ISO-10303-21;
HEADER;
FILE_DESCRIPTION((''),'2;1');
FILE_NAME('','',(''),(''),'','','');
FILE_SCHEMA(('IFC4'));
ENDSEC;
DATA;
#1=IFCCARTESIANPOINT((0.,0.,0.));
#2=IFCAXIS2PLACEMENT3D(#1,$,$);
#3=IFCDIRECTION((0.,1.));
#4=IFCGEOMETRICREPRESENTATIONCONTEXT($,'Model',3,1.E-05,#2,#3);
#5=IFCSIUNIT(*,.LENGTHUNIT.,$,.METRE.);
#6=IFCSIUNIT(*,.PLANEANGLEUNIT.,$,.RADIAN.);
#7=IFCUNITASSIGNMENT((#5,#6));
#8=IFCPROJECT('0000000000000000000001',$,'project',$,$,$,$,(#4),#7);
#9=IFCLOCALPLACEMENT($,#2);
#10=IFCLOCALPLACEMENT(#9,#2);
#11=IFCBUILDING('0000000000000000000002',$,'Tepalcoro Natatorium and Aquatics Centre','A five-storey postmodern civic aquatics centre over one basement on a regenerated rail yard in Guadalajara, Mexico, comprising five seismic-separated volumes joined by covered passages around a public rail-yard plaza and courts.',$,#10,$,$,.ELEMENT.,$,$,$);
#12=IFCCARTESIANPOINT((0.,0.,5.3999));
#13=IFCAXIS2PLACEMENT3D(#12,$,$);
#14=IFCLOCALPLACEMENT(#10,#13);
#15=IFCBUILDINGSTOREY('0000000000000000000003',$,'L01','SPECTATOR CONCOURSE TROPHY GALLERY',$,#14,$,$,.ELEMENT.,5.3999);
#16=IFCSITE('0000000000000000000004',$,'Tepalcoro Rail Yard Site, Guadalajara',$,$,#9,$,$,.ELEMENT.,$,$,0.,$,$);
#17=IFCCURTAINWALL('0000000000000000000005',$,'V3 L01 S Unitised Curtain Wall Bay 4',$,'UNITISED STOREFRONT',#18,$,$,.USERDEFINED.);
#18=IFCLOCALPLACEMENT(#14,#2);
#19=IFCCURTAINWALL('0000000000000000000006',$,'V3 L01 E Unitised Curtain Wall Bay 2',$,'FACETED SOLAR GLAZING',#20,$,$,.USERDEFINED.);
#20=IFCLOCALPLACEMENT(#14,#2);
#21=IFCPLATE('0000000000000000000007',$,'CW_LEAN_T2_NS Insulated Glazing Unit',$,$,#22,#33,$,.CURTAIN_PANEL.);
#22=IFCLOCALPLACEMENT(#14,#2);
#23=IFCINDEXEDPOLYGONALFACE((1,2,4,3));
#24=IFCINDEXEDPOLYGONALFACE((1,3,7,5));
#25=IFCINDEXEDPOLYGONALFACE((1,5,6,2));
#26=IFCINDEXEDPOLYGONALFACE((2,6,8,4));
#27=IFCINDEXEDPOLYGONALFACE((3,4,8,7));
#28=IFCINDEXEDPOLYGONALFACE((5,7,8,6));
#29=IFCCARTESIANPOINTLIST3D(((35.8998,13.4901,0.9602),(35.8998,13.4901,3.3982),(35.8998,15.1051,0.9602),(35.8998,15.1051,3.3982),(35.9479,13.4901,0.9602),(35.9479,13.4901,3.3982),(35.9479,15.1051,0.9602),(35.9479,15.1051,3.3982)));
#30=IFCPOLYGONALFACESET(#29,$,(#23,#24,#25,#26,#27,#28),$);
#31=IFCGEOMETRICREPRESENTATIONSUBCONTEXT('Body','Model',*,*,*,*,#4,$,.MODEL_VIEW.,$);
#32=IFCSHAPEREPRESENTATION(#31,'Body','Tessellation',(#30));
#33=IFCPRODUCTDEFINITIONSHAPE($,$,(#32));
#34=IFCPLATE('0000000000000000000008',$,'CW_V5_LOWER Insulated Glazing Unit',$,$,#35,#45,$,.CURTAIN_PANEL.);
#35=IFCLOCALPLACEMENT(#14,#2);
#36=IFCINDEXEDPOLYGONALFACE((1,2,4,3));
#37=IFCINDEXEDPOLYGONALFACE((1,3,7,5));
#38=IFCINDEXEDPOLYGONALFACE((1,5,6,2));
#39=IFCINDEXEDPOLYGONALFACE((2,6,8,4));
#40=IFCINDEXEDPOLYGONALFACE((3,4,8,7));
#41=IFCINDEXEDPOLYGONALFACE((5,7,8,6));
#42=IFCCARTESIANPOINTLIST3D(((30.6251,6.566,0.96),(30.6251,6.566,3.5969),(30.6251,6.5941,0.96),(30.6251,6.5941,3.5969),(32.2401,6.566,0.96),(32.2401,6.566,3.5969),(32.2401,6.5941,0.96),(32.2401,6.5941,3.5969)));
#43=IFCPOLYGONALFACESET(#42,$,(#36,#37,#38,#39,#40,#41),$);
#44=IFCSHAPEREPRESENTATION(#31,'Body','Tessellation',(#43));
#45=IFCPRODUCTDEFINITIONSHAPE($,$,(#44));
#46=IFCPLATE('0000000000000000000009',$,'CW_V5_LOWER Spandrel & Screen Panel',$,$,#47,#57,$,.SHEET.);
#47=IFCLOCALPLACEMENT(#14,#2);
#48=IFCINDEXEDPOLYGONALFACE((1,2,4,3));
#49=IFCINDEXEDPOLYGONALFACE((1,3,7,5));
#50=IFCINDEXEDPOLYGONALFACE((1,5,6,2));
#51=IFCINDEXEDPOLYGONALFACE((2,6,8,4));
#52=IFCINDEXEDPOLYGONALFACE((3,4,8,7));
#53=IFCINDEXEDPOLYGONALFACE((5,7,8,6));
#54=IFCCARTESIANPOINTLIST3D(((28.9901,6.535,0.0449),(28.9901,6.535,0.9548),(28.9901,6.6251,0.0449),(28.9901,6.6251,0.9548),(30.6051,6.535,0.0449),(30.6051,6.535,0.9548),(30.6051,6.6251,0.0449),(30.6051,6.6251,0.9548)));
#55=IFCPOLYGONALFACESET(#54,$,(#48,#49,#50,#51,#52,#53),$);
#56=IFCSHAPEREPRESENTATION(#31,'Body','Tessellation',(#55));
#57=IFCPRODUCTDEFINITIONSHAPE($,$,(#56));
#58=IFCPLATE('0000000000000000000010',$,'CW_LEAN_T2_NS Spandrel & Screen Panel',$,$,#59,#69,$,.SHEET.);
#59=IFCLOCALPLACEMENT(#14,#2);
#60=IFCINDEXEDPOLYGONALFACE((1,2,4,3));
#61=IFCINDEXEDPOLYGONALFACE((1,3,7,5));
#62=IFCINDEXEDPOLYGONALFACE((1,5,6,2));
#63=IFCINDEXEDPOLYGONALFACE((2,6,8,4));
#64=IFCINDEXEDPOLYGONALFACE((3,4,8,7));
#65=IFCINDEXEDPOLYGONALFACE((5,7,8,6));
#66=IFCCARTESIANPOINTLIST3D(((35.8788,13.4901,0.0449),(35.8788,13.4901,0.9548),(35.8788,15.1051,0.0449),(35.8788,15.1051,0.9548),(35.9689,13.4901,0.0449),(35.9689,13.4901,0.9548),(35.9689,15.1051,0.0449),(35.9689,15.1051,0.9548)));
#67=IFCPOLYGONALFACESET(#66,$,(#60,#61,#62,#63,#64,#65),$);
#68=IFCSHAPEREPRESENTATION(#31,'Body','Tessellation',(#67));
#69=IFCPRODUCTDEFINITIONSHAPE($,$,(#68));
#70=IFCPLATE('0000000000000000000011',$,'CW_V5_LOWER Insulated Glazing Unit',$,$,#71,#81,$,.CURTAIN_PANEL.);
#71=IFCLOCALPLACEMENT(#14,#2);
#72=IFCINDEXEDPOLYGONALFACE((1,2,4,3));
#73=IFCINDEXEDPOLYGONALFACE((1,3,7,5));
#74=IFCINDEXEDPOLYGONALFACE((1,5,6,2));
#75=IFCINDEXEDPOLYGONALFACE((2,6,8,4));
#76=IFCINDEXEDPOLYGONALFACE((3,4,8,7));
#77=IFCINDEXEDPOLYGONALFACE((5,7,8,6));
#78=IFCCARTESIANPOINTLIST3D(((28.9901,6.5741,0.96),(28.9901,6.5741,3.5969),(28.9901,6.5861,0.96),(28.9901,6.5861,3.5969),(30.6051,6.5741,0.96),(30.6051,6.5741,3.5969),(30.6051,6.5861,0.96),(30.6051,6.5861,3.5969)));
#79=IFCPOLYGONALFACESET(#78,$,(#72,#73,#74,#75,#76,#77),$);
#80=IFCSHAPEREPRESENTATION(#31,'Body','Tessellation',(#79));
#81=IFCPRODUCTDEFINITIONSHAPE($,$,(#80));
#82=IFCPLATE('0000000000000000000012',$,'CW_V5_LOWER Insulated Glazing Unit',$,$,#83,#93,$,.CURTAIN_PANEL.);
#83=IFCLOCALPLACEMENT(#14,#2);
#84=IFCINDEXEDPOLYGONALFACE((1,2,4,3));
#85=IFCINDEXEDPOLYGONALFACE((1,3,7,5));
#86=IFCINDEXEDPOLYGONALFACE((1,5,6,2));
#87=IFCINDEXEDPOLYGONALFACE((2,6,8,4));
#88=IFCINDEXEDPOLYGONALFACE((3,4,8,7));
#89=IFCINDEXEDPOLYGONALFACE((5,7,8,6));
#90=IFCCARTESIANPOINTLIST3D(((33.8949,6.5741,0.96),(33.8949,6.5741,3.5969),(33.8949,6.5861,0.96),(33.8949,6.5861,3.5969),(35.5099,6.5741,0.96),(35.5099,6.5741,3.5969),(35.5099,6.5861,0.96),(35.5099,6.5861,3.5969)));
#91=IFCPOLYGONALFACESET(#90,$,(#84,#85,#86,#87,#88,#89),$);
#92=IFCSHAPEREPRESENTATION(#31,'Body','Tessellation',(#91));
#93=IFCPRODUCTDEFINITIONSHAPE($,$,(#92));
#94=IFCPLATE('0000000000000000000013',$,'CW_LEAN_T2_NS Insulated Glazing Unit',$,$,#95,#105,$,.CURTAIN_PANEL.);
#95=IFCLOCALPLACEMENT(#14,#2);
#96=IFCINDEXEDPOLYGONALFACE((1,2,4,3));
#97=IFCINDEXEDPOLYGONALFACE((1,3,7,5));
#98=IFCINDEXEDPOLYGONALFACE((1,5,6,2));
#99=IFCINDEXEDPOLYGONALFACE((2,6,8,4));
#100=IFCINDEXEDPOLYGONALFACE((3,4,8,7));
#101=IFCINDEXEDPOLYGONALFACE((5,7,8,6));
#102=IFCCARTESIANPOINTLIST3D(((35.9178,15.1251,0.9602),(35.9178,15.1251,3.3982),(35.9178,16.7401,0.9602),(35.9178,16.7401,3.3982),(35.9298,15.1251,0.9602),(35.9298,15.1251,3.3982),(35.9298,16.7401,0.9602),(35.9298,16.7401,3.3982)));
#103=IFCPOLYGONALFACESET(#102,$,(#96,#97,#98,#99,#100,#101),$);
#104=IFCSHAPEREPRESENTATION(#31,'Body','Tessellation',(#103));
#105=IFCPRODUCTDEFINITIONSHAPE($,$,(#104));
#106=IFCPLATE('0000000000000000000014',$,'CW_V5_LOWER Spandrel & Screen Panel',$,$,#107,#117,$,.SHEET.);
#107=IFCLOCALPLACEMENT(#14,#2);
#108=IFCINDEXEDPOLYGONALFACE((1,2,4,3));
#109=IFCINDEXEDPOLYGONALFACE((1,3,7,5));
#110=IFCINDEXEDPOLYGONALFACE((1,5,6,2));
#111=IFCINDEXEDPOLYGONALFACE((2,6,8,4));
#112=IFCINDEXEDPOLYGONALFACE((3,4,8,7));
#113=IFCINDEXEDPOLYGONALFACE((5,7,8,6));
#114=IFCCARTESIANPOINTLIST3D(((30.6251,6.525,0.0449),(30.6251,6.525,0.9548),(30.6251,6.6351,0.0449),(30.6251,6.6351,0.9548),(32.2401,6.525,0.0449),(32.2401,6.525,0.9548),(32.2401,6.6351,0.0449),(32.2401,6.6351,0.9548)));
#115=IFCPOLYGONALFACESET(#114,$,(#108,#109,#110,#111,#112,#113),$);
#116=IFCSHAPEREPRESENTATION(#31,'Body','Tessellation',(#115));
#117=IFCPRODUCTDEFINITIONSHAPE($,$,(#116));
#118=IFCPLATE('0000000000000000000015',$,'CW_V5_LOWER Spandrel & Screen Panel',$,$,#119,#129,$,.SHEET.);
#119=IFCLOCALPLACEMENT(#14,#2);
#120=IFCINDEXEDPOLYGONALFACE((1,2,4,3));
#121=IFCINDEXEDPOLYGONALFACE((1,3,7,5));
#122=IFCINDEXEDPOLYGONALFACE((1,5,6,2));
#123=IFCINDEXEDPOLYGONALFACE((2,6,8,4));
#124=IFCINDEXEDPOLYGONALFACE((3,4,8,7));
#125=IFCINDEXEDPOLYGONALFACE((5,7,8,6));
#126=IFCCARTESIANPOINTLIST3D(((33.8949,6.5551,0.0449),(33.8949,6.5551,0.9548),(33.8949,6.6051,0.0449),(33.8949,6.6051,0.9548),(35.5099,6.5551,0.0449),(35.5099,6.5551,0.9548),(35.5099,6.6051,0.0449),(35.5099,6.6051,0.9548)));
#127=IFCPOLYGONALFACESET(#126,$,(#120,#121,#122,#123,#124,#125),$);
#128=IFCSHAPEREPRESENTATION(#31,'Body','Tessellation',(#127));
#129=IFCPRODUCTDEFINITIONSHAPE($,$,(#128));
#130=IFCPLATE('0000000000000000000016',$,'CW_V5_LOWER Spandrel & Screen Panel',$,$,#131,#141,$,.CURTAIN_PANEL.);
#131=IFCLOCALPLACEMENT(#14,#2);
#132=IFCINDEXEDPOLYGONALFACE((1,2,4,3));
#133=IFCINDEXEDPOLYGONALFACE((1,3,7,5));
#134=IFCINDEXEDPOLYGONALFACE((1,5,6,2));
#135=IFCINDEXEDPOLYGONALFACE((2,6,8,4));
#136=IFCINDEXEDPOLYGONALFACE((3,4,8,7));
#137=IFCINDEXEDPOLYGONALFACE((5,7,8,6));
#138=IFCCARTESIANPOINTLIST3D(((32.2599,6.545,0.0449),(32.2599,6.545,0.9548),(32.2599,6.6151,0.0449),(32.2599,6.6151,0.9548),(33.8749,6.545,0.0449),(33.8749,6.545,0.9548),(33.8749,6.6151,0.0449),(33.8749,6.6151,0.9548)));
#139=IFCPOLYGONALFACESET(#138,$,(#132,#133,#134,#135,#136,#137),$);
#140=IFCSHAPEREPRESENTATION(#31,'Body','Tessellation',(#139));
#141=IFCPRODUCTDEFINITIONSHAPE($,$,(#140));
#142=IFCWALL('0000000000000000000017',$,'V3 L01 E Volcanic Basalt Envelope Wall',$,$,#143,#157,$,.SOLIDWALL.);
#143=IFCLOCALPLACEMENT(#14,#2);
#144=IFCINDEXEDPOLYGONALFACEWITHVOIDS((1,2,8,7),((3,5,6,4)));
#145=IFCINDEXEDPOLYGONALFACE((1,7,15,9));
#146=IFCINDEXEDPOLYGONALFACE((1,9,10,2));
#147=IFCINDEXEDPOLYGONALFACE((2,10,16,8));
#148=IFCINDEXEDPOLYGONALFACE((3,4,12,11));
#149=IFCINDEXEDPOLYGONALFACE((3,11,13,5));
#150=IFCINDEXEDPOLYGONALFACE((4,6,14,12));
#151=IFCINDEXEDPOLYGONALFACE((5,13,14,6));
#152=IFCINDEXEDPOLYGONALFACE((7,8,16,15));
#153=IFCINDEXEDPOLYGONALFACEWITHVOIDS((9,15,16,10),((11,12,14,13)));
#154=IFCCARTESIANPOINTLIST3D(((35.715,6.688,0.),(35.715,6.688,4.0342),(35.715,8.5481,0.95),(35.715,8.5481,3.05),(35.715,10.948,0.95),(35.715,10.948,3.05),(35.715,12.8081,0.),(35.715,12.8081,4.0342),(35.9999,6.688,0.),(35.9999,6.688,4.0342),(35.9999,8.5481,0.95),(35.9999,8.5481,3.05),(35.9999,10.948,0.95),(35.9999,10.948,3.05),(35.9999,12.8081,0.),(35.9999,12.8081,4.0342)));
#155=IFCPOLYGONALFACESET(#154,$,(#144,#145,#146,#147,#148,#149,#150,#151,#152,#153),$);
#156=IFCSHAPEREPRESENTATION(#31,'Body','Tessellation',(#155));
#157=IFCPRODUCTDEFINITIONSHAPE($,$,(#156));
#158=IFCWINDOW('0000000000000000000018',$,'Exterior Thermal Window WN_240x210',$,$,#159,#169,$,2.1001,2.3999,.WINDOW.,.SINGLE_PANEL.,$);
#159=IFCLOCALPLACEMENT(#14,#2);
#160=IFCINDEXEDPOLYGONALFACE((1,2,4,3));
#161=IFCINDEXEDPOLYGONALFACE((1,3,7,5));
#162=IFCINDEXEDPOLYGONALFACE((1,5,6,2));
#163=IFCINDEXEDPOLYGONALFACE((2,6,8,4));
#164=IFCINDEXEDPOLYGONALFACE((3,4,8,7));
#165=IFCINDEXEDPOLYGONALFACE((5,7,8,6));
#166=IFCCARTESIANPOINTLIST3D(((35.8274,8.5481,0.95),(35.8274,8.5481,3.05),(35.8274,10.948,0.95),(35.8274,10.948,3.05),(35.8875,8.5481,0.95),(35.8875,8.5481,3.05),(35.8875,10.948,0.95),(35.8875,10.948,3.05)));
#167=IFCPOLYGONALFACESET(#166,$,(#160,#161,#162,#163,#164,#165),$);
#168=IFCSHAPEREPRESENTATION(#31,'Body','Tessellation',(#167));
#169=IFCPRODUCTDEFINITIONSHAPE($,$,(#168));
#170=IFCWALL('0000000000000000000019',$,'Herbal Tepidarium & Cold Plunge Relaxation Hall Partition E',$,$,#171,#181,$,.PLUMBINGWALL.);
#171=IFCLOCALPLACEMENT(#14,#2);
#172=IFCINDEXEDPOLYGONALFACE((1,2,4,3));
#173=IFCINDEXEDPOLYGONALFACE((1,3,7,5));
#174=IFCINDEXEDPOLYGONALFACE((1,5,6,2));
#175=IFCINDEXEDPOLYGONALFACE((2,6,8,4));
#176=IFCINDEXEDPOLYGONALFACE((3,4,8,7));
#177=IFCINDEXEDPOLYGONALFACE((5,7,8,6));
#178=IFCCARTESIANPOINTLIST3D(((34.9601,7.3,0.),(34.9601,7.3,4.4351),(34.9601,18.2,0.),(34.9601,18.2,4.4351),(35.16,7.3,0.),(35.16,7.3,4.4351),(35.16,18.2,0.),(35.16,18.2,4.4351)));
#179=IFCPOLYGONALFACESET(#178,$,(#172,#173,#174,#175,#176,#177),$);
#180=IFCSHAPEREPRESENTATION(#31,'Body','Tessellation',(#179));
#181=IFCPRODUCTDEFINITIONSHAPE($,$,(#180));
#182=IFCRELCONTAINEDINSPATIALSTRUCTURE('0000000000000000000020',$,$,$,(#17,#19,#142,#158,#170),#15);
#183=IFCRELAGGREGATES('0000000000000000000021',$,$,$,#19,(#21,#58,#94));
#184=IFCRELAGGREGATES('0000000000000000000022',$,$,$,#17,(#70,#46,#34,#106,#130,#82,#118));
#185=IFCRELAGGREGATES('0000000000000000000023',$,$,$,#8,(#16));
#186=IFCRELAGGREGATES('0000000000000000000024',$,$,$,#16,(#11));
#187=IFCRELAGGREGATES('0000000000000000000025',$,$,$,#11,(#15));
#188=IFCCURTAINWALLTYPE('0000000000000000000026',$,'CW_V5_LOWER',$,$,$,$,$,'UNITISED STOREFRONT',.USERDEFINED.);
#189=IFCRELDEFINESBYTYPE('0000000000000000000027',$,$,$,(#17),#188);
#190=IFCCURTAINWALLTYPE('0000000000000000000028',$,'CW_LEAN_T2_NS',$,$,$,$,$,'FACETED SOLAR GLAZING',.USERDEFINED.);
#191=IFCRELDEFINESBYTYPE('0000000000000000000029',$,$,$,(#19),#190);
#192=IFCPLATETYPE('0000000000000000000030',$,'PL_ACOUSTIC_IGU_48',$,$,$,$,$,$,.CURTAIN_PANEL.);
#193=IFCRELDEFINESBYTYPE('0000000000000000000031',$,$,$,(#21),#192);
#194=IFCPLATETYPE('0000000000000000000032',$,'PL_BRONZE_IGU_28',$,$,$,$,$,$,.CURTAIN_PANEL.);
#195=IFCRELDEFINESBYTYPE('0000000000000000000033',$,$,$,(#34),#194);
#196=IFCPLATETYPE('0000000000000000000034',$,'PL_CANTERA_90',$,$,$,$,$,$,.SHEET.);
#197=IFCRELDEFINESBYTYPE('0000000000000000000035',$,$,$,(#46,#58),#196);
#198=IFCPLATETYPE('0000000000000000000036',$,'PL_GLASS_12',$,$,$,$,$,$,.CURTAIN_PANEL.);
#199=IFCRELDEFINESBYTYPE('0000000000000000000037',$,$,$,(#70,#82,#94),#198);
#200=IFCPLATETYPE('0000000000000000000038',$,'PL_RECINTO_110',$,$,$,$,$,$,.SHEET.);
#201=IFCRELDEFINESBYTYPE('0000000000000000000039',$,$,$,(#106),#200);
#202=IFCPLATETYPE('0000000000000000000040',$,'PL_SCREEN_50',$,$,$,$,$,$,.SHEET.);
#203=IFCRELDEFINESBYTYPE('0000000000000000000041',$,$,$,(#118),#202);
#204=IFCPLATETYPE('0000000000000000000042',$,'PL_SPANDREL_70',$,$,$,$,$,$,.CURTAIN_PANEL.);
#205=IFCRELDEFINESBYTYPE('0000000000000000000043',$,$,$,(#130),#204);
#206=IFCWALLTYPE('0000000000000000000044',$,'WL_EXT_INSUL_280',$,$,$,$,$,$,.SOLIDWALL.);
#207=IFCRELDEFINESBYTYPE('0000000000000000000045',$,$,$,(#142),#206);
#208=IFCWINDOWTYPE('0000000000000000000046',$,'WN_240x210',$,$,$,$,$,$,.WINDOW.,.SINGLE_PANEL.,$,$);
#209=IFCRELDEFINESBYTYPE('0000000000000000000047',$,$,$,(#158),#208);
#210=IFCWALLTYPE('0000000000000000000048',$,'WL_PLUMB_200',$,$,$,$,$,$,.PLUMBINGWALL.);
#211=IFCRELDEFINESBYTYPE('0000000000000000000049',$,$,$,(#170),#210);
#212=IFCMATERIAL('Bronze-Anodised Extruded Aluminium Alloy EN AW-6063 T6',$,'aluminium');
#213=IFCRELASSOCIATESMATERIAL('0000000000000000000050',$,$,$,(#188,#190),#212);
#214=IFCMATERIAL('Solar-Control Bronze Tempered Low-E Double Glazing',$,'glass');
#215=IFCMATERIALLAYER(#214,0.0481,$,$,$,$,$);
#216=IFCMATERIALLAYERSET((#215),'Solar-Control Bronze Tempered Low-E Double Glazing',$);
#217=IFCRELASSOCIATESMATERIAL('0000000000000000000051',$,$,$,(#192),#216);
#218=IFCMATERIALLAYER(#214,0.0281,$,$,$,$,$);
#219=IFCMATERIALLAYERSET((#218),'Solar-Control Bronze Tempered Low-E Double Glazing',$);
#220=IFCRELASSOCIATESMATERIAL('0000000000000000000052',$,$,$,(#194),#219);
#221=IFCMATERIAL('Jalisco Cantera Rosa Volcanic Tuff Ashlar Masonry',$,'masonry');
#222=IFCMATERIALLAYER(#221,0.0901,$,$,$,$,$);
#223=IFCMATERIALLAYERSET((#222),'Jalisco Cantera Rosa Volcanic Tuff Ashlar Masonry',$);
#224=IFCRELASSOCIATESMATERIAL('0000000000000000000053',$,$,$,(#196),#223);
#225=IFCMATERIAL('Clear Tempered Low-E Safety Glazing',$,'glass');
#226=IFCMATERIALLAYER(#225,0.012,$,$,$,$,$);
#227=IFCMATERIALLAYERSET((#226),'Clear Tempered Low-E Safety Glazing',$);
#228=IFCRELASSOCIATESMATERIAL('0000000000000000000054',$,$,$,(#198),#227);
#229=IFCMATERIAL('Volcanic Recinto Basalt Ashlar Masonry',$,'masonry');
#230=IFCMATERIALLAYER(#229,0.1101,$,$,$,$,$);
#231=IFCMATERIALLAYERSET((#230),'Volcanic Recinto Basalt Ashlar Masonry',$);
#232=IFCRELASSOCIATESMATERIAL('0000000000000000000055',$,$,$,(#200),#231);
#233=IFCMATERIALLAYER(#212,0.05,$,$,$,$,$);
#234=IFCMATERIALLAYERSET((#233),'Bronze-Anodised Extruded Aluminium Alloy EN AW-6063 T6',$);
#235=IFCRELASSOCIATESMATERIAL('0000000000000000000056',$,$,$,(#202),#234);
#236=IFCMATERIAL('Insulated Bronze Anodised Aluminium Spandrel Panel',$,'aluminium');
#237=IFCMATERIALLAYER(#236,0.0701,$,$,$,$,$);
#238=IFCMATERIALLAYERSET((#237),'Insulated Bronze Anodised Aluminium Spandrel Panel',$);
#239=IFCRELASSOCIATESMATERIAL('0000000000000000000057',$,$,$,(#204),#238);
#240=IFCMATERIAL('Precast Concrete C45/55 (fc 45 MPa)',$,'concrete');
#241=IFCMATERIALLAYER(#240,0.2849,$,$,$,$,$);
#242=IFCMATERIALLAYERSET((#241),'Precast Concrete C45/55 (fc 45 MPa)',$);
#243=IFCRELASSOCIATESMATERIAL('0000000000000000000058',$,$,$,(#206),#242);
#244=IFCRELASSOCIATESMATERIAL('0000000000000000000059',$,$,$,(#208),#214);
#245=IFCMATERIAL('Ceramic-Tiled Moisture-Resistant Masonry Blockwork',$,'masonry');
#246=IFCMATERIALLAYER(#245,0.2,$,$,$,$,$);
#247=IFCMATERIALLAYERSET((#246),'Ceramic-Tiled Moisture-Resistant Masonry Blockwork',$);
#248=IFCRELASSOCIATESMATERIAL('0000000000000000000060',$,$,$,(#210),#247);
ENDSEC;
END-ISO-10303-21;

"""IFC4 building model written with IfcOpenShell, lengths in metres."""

from ifc_helpers import new_model, si_unit, direction, frame, frame_2d, origin, origin_2d, place, context, subcontext, project, spatial, rectangle, extrude, material, layer, layer_set, type_object, element, fill, aggregate, save


model = new_model("IFC4")

# Units and contexts
model_context = context("Model", 3, precision=1e-05, world=origin(), true_north=direction((0.0, 1.0)))
body_context = subcontext(model_context, "Body", "Model", "MODEL_VIEW")
ifc_project = project(units=[si_unit("LENGTHUNIT", "METRE"), si_unit("PLANEANGLEUNIT", "RADIAN")], contexts=[model_context])

# Site, building, storey
site_placement = place(None, origin())
site = spatial("IfcSite", under=ifc_project, at=site_placement, Name="Tepalcoro Rail Yard Site, Guadalajara", CompositionType="ELEMENT", RefElevation=0.0)
building_placement = place(site_placement, origin())
building = spatial("IfcBuilding", under=site, at=building_placement, Name="Tepalcoro Natatorium and Aquatics Centre", Description="A five-storey postmodern civic aquatics centre over one basement on a regenerated rail yard in Guadalajara, Mexico, comprising five seismic-separated volumes joined by covered passages around a public rail-yard plaza and courts.", CompositionType="ELEMENT")
storey_placement = place(building_placement, frame((0.0, 0.0, 5.3999)))
storey = spatial("IfcBuildingStorey", under=building, at=storey_placement, Name="L01", Description="SPECTATOR CONCOURSE TROPHY GALLERY", CompositionType="ELEMENT", Elevation=5.3999)

# Curtain walls
ifc_material_1 = material(Name="Bronze-Anodised Extruded Aluminium Alloy EN AW-6063 T6", Category="aluminium")
curtain_wall_type_1 = type_object("IfcCurtainWallType", Name="CW_V5_LOWER", ElementType="UNITISED STOREFRONT", PredefinedType="USERDEFINED", material=ifc_material_1)
curtain_wall_1_placement = place(storey_placement, origin())
curtain_wall_1 = element("IfcCurtainWall", 1, at=curtain_wall_1_placement, inside=storey, type_object=curtain_wall_type_1, Name="V3 L01 S Unitised Curtain Wall Bay 4", ObjectType="UNITISED STOREFRONT", PredefinedType="USERDEFINED")
curtain_wall_type_2 = type_object("IfcCurtainWallType", Name="CW_LEAN_T2_NS", ElementType="FACETED SOLAR GLAZING", PredefinedType="USERDEFINED", material=ifc_material_1)
curtain_wall_2_placement = place(storey_placement, origin())
curtain_wall_2 = element("IfcCurtainWall", 2, at=curtain_wall_2_placement, inside=storey, type_object=curtain_wall_type_2, Name="V3 L01 E Unitised Curtain Wall Bay 2", ObjectType="FACETED SOLAR GLAZING", PredefinedType="USERDEFINED")

# Plates
ifc_material_2 = material(Name="Solar-Control Bronze Tempered Low-E Double Glazing", Category="glass")
ifc_layer_1 = layer(ifc_material_2, 0.0481)
ifc_layer_set_1 = layer_set([ifc_layer_1], Name="Solar-Control Bronze Tempered Low-E Double Glazing")
plate_type_1 = type_object("IfcPlateType", Name="PL_ACOUSTIC_IGU_48", PredefinedType="CURTAIN_PANEL", material=ifc_layer_set_1)
plate_1_placement = place(storey_placement, frame((35.9238, 14.2976, 0.9602), z_axis=(0.0, 0.0, 1.0), x_axis=(1.0, 0.0, 0.0)))
plate_1 = element("IfcPlate", 3, at=plate_1_placement, type_object=plate_type_1, Name="CW_LEAN_T2_NS Insulated Glazing Unit", PredefinedType="CURTAIN_PANEL", context=body_context, shape_type="SweptSolid", body=[
    extrude(rectangle(XDim=0.0481, YDim=1.615, at=origin_2d()), origin(), (0.0, 0.0, 1.0), 2.438),
])
ifc_layer_2 = layer(ifc_material_2, 0.0281)
ifc_layer_set_2 = layer_set([ifc_layer_2], Name="Solar-Control Bronze Tempered Low-E Double Glazing")
plate_type_2 = type_object("IfcPlateType", Name="PL_BRONZE_IGU_28", PredefinedType="CURTAIN_PANEL", material=ifc_layer_set_2)
plate_2_placement = place(storey_placement, frame((31.4326, 6.5801, 0.96), z_axis=(0.0, 0.0, 1.0), x_axis=(1.0, 0.0, 0.0)))
plate_2 = element("IfcPlate", 4, at=plate_2_placement, type_object=plate_type_2, Name="CW_V5_LOWER Insulated Glazing Unit", PredefinedType="CURTAIN_PANEL", context=body_context, shape_type="SweptSolid", body=[
    extrude(rectangle(XDim=1.615, YDim=0.0281, at=origin_2d()), origin(), (0.0, 0.0, 1.0), 2.637),
])
ifc_material_3 = material(Name="Jalisco Cantera Rosa Volcanic Tuff Ashlar Masonry", Category="masonry")
ifc_layer_3 = layer(ifc_material_3, 0.0901)
ifc_layer_set_3 = layer_set([ifc_layer_3], Name="Jalisco Cantera Rosa Volcanic Tuff Ashlar Masonry")
plate_type_3 = type_object("IfcPlateType", Name="PL_CANTERA_90", PredefinedType="SHEET", material=ifc_layer_set_3)
plate_3_placement = place(storey_placement, frame((29.7976, 6.5801, 0.0449), z_axis=(0.0, 0.0, 1.0), x_axis=(1.0, 0.0, 0.0)))
plate_3 = element("IfcPlate", 5, at=plate_3_placement, type_object=plate_type_3, Name="CW_V5_LOWER Spandrel & Screen Panel", PredefinedType="SHEET", context=body_context, shape_type="SweptSolid", body=[
    extrude(rectangle(XDim=1.615, YDim=0.0901, at=origin_2d()), origin(), (0.0, 0.0, 1.0), 0.9099),
])
plate_4_placement = place(storey_placement, frame((35.9238, 14.2976, 0.0449), z_axis=(0.0, 0.0, 1.0), x_axis=(1.0, 0.0, 0.0)))
plate_4 = element("IfcPlate", 6, at=plate_4_placement, type_object=plate_type_3, Name="CW_LEAN_T2_NS Spandrel & Screen Panel", PredefinedType="SHEET", context=body_context, shape_type="SweptSolid", body=[
    extrude(rectangle(XDim=0.0901, YDim=1.615, at=origin_2d()), origin(), (0.0, 0.0, 1.0), 0.9099),
])
ifc_material_4 = material(Name="Clear Tempered Low-E Safety Glazing", Category="glass")
ifc_layer_4 = layer(ifc_material_4, 0.012)
ifc_layer_set_4 = layer_set([ifc_layer_4], Name="Clear Tempered Low-E Safety Glazing")
plate_type_4 = type_object("IfcPlateType", Name="PL_GLASS_12", PredefinedType="CURTAIN_PANEL", material=ifc_layer_set_4)
plate_5_placement = place(storey_placement, frame((29.7976, 6.5801, 0.96), z_axis=(0.0, 0.0, 1.0), x_axis=(1.0, 0.0, 0.0)))
plate_5 = element("IfcPlate", 7, at=plate_5_placement, type_object=plate_type_4, Name="CW_V5_LOWER Insulated Glazing Unit", PredefinedType="CURTAIN_PANEL", context=body_context, shape_type="SweptSolid", body=[
    extrude(rectangle(XDim=1.615, YDim=0.012, at=origin_2d()), origin(), (0.0, 0.0, 1.0), 2.637),
])
plate_6_placement = place(storey_placement, frame((34.7024, 6.5801, 0.96), z_axis=(0.0, 0.0, 1.0), x_axis=(1.0, 0.0, 0.0)))
plate_6 = element("IfcPlate", 8, at=plate_6_placement, type_object=plate_type_4, Name="CW_V5_LOWER Insulated Glazing Unit", PredefinedType="CURTAIN_PANEL", context=body_context, shape_type="SweptSolid", body=[
    extrude(rectangle(XDim=1.615, YDim=0.012, at=origin_2d()), origin(), (0.0, 0.0, 1.0), 2.637),
])
plate_7_placement = place(storey_placement, frame((35.9238, 15.9326, 0.9602), z_axis=(0.0, 0.0, 1.0), x_axis=(1.0, 0.0, 0.0)))
plate_7 = element("IfcPlate", 9, at=plate_7_placement, type_object=plate_type_4, Name="CW_LEAN_T2_NS Insulated Glazing Unit", PredefinedType="CURTAIN_PANEL", context=body_context, shape_type="SweptSolid", body=[
    extrude(rectangle(XDim=0.012, YDim=1.615, at=origin_2d()), origin(), (0.0, 0.0, 1.0), 2.438),
])
aggregate(curtain_wall_2, [plate_1, plate_4, plate_7])
ifc_material_5 = material(Name="Volcanic Recinto Basalt Ashlar Masonry", Category="masonry")
ifc_layer_5 = layer(ifc_material_5, 0.1101)
ifc_layer_set_5 = layer_set([ifc_layer_5], Name="Volcanic Recinto Basalt Ashlar Masonry")
plate_type_5 = type_object("IfcPlateType", Name="PL_RECINTO_110", PredefinedType="SHEET", material=ifc_layer_set_5)
plate_8_placement = place(storey_placement, frame((31.4326, 6.5801, 0.0449), z_axis=(0.0, 0.0, 1.0), x_axis=(1.0, 0.0, 0.0)))
plate_8 = element("IfcPlate", 10, at=plate_8_placement, type_object=plate_type_5, Name="CW_V5_LOWER Spandrel & Screen Panel", PredefinedType="SHEET", context=body_context, shape_type="SweptSolid", body=[
    extrude(rectangle(XDim=1.615, YDim=0.1101, at=origin_2d()), origin(), (0.0, 0.0, 1.0), 0.9099),
])
ifc_layer_6 = layer(ifc_material_1, 0.05)
ifc_layer_set_6 = layer_set([ifc_layer_6], Name="Bronze-Anodised Extruded Aluminium Alloy EN AW-6063 T6")
plate_type_6 = type_object("IfcPlateType", Name="PL_SCREEN_50", PredefinedType="SHEET", material=ifc_layer_set_6)
plate_9_placement = place(storey_placement, frame((34.7024, 6.5801, 0.0449), z_axis=(0.0, 0.0, 1.0), x_axis=(1.0, 0.0, 0.0)))
plate_9 = element("IfcPlate", 11, at=plate_9_placement, type_object=plate_type_6, Name="CW_V5_LOWER Spandrel & Screen Panel", PredefinedType="SHEET", context=body_context, shape_type="SweptSolid", body=[
    extrude(rectangle(XDim=1.615, YDim=0.05, at=origin_2d()), origin(), (0.0, 0.0, 1.0), 0.9099),
])
ifc_material_6 = material(Name="Insulated Bronze Anodised Aluminium Spandrel Panel", Category="aluminium")
ifc_layer_7 = layer(ifc_material_6, 0.0701)
ifc_layer_set_7 = layer_set([ifc_layer_7], Name="Insulated Bronze Anodised Aluminium Spandrel Panel")
plate_type_7 = type_object("IfcPlateType", Name="PL_SPANDREL_70", PredefinedType="CURTAIN_PANEL", material=ifc_layer_set_7)
plate_10_placement = place(storey_placement, frame((33.0674, 6.5801, 0.0449), z_axis=(0.0, 0.0, 1.0), x_axis=(1.0, 0.0, 0.0)))
plate_10 = element("IfcPlate", 12, at=plate_10_placement, type_object=plate_type_7, Name="CW_V5_LOWER Spandrel & Screen Panel", PredefinedType="CURTAIN_PANEL", context=body_context, shape_type="SweptSolid", body=[
    extrude(rectangle(XDim=1.615, YDim=0.0701, at=origin_2d()), origin(), (0.0, 0.0, 1.0), 0.9099),
])
aggregate(curtain_wall_1, [plate_5, plate_3, plate_2, plate_8, plate_10, plate_6, plate_9])

# Wall, opening, window
ifc_material_7 = material(Name="Precast Concrete C45/55 (fc 45 MPa)", Category="concrete")
ifc_layer_8 = layer(ifc_material_7, 0.2849)
ifc_layer_set_8 = layer_set([ifc_layer_8], Name="Precast Concrete C45/55 (fc 45 MPa)")
wall_type_1 = type_object("IfcWallType", Name="WL_EXT_INSUL_280", PredefinedType="SOLIDWALL", material=ifc_layer_set_8)
wall_1_placement = place(storey_placement, frame((35.8574, 6.688, 0.0), z_axis=(0.0, 0.0, 1.0), x_axis=(0.0, 1.0, 0.0)))
wall_1 = element("IfcWall", 13, at=wall_1_placement, inside=storey, type_object=wall_type_1, Name="V3 L01 E Volcanic Basalt Envelope Wall", PredefinedType="SOLIDWALL", context=body_context, shape_type="SweptSolid", body=[
    extrude(rectangle(XDim=6.1201, YDim=0.2849, at=frame_2d((3.0601, 0.0))), origin(), (0.0, 0.0, 1.0), 4.0342),
])
opening_placement = place(wall_1_placement, frame((1.8601, 0.0, 0.95)))
opening = element("IfcOpeningElement", 14, at=opening_placement, cuts=wall_1, PredefinedType="OPENING", context=body_context, shape_type="SweptSolid", body=[
    extrude(rectangle(XDim=2.3999, YDim=2.1001, at=frame_2d((1.2, 1.05))), frame((0.0, 0.1543, 0.0), z_axis=(0.0, -1.0, 0.0), x_axis=(1.0, 0.0, 0.0)), (0.0, 0.0, 1.0), 0.3088),
])
window_type = type_object("IfcWindowType", Name="WN_240x210", PartitioningType="SINGLE_PANEL", PredefinedType="WINDOW", material=ifc_material_2)
window_placement = place(opening_placement, origin())
window = element("IfcWindow", 15, at=window_placement, inside=storey, type_object=window_type, Name="Exterior Thermal Window WN_240x210", OverallHeight=2.1001, OverallWidth=2.3999, PartitioningType="SINGLE_PANEL", PredefinedType="WINDOW", context=body_context, shape_type="SweptSolid", body=[
    extrude(rectangle(XDim=2.3999, YDim=2.1001, at=frame_2d((1.2, 1.05))), frame((0.0, 0.03, 0.0), z_axis=(0.0, -1.0, 0.0), x_axis=(1.0, 0.0, 0.0)), (0.0, 0.0, 1.0), 0.0601),
])
fill(opening, window)

# Wall
ifc_material_8 = material(Name="Ceramic-Tiled Moisture-Resistant Masonry Blockwork", Category="masonry")
ifc_layer_9 = layer(ifc_material_8, 0.2)
ifc_layer_set_9 = layer_set([ifc_layer_9], Name="Ceramic-Tiled Moisture-Resistant Masonry Blockwork")
wall_type_2 = type_object("IfcWallType", Name="WL_PLUMB_200", PredefinedType="PLUMBINGWALL", material=ifc_layer_set_9)
wall_2_placement = place(storey_placement, frame((35.0601, 7.3, 0.0), z_axis=(0.0, 0.0, 1.0), x_axis=(0.0, 1.0, 0.0)))
element("IfcWall", 16, at=wall_2_placement, inside=storey, type_object=wall_type_2, Name="Herbal Tepidarium & Cold Plunge Relaxation Hall Partition E", PredefinedType="PLUMBINGWALL", context=body_context, shape_type="SweptSolid", body=[
    extrude(rectangle(XDim=10.8999, YDim=0.2, at=frame_2d((5.45, 0.0))), origin(), (0.0, 0.0, 1.0), 4.4351),
])

save(model, "model.ifc")
